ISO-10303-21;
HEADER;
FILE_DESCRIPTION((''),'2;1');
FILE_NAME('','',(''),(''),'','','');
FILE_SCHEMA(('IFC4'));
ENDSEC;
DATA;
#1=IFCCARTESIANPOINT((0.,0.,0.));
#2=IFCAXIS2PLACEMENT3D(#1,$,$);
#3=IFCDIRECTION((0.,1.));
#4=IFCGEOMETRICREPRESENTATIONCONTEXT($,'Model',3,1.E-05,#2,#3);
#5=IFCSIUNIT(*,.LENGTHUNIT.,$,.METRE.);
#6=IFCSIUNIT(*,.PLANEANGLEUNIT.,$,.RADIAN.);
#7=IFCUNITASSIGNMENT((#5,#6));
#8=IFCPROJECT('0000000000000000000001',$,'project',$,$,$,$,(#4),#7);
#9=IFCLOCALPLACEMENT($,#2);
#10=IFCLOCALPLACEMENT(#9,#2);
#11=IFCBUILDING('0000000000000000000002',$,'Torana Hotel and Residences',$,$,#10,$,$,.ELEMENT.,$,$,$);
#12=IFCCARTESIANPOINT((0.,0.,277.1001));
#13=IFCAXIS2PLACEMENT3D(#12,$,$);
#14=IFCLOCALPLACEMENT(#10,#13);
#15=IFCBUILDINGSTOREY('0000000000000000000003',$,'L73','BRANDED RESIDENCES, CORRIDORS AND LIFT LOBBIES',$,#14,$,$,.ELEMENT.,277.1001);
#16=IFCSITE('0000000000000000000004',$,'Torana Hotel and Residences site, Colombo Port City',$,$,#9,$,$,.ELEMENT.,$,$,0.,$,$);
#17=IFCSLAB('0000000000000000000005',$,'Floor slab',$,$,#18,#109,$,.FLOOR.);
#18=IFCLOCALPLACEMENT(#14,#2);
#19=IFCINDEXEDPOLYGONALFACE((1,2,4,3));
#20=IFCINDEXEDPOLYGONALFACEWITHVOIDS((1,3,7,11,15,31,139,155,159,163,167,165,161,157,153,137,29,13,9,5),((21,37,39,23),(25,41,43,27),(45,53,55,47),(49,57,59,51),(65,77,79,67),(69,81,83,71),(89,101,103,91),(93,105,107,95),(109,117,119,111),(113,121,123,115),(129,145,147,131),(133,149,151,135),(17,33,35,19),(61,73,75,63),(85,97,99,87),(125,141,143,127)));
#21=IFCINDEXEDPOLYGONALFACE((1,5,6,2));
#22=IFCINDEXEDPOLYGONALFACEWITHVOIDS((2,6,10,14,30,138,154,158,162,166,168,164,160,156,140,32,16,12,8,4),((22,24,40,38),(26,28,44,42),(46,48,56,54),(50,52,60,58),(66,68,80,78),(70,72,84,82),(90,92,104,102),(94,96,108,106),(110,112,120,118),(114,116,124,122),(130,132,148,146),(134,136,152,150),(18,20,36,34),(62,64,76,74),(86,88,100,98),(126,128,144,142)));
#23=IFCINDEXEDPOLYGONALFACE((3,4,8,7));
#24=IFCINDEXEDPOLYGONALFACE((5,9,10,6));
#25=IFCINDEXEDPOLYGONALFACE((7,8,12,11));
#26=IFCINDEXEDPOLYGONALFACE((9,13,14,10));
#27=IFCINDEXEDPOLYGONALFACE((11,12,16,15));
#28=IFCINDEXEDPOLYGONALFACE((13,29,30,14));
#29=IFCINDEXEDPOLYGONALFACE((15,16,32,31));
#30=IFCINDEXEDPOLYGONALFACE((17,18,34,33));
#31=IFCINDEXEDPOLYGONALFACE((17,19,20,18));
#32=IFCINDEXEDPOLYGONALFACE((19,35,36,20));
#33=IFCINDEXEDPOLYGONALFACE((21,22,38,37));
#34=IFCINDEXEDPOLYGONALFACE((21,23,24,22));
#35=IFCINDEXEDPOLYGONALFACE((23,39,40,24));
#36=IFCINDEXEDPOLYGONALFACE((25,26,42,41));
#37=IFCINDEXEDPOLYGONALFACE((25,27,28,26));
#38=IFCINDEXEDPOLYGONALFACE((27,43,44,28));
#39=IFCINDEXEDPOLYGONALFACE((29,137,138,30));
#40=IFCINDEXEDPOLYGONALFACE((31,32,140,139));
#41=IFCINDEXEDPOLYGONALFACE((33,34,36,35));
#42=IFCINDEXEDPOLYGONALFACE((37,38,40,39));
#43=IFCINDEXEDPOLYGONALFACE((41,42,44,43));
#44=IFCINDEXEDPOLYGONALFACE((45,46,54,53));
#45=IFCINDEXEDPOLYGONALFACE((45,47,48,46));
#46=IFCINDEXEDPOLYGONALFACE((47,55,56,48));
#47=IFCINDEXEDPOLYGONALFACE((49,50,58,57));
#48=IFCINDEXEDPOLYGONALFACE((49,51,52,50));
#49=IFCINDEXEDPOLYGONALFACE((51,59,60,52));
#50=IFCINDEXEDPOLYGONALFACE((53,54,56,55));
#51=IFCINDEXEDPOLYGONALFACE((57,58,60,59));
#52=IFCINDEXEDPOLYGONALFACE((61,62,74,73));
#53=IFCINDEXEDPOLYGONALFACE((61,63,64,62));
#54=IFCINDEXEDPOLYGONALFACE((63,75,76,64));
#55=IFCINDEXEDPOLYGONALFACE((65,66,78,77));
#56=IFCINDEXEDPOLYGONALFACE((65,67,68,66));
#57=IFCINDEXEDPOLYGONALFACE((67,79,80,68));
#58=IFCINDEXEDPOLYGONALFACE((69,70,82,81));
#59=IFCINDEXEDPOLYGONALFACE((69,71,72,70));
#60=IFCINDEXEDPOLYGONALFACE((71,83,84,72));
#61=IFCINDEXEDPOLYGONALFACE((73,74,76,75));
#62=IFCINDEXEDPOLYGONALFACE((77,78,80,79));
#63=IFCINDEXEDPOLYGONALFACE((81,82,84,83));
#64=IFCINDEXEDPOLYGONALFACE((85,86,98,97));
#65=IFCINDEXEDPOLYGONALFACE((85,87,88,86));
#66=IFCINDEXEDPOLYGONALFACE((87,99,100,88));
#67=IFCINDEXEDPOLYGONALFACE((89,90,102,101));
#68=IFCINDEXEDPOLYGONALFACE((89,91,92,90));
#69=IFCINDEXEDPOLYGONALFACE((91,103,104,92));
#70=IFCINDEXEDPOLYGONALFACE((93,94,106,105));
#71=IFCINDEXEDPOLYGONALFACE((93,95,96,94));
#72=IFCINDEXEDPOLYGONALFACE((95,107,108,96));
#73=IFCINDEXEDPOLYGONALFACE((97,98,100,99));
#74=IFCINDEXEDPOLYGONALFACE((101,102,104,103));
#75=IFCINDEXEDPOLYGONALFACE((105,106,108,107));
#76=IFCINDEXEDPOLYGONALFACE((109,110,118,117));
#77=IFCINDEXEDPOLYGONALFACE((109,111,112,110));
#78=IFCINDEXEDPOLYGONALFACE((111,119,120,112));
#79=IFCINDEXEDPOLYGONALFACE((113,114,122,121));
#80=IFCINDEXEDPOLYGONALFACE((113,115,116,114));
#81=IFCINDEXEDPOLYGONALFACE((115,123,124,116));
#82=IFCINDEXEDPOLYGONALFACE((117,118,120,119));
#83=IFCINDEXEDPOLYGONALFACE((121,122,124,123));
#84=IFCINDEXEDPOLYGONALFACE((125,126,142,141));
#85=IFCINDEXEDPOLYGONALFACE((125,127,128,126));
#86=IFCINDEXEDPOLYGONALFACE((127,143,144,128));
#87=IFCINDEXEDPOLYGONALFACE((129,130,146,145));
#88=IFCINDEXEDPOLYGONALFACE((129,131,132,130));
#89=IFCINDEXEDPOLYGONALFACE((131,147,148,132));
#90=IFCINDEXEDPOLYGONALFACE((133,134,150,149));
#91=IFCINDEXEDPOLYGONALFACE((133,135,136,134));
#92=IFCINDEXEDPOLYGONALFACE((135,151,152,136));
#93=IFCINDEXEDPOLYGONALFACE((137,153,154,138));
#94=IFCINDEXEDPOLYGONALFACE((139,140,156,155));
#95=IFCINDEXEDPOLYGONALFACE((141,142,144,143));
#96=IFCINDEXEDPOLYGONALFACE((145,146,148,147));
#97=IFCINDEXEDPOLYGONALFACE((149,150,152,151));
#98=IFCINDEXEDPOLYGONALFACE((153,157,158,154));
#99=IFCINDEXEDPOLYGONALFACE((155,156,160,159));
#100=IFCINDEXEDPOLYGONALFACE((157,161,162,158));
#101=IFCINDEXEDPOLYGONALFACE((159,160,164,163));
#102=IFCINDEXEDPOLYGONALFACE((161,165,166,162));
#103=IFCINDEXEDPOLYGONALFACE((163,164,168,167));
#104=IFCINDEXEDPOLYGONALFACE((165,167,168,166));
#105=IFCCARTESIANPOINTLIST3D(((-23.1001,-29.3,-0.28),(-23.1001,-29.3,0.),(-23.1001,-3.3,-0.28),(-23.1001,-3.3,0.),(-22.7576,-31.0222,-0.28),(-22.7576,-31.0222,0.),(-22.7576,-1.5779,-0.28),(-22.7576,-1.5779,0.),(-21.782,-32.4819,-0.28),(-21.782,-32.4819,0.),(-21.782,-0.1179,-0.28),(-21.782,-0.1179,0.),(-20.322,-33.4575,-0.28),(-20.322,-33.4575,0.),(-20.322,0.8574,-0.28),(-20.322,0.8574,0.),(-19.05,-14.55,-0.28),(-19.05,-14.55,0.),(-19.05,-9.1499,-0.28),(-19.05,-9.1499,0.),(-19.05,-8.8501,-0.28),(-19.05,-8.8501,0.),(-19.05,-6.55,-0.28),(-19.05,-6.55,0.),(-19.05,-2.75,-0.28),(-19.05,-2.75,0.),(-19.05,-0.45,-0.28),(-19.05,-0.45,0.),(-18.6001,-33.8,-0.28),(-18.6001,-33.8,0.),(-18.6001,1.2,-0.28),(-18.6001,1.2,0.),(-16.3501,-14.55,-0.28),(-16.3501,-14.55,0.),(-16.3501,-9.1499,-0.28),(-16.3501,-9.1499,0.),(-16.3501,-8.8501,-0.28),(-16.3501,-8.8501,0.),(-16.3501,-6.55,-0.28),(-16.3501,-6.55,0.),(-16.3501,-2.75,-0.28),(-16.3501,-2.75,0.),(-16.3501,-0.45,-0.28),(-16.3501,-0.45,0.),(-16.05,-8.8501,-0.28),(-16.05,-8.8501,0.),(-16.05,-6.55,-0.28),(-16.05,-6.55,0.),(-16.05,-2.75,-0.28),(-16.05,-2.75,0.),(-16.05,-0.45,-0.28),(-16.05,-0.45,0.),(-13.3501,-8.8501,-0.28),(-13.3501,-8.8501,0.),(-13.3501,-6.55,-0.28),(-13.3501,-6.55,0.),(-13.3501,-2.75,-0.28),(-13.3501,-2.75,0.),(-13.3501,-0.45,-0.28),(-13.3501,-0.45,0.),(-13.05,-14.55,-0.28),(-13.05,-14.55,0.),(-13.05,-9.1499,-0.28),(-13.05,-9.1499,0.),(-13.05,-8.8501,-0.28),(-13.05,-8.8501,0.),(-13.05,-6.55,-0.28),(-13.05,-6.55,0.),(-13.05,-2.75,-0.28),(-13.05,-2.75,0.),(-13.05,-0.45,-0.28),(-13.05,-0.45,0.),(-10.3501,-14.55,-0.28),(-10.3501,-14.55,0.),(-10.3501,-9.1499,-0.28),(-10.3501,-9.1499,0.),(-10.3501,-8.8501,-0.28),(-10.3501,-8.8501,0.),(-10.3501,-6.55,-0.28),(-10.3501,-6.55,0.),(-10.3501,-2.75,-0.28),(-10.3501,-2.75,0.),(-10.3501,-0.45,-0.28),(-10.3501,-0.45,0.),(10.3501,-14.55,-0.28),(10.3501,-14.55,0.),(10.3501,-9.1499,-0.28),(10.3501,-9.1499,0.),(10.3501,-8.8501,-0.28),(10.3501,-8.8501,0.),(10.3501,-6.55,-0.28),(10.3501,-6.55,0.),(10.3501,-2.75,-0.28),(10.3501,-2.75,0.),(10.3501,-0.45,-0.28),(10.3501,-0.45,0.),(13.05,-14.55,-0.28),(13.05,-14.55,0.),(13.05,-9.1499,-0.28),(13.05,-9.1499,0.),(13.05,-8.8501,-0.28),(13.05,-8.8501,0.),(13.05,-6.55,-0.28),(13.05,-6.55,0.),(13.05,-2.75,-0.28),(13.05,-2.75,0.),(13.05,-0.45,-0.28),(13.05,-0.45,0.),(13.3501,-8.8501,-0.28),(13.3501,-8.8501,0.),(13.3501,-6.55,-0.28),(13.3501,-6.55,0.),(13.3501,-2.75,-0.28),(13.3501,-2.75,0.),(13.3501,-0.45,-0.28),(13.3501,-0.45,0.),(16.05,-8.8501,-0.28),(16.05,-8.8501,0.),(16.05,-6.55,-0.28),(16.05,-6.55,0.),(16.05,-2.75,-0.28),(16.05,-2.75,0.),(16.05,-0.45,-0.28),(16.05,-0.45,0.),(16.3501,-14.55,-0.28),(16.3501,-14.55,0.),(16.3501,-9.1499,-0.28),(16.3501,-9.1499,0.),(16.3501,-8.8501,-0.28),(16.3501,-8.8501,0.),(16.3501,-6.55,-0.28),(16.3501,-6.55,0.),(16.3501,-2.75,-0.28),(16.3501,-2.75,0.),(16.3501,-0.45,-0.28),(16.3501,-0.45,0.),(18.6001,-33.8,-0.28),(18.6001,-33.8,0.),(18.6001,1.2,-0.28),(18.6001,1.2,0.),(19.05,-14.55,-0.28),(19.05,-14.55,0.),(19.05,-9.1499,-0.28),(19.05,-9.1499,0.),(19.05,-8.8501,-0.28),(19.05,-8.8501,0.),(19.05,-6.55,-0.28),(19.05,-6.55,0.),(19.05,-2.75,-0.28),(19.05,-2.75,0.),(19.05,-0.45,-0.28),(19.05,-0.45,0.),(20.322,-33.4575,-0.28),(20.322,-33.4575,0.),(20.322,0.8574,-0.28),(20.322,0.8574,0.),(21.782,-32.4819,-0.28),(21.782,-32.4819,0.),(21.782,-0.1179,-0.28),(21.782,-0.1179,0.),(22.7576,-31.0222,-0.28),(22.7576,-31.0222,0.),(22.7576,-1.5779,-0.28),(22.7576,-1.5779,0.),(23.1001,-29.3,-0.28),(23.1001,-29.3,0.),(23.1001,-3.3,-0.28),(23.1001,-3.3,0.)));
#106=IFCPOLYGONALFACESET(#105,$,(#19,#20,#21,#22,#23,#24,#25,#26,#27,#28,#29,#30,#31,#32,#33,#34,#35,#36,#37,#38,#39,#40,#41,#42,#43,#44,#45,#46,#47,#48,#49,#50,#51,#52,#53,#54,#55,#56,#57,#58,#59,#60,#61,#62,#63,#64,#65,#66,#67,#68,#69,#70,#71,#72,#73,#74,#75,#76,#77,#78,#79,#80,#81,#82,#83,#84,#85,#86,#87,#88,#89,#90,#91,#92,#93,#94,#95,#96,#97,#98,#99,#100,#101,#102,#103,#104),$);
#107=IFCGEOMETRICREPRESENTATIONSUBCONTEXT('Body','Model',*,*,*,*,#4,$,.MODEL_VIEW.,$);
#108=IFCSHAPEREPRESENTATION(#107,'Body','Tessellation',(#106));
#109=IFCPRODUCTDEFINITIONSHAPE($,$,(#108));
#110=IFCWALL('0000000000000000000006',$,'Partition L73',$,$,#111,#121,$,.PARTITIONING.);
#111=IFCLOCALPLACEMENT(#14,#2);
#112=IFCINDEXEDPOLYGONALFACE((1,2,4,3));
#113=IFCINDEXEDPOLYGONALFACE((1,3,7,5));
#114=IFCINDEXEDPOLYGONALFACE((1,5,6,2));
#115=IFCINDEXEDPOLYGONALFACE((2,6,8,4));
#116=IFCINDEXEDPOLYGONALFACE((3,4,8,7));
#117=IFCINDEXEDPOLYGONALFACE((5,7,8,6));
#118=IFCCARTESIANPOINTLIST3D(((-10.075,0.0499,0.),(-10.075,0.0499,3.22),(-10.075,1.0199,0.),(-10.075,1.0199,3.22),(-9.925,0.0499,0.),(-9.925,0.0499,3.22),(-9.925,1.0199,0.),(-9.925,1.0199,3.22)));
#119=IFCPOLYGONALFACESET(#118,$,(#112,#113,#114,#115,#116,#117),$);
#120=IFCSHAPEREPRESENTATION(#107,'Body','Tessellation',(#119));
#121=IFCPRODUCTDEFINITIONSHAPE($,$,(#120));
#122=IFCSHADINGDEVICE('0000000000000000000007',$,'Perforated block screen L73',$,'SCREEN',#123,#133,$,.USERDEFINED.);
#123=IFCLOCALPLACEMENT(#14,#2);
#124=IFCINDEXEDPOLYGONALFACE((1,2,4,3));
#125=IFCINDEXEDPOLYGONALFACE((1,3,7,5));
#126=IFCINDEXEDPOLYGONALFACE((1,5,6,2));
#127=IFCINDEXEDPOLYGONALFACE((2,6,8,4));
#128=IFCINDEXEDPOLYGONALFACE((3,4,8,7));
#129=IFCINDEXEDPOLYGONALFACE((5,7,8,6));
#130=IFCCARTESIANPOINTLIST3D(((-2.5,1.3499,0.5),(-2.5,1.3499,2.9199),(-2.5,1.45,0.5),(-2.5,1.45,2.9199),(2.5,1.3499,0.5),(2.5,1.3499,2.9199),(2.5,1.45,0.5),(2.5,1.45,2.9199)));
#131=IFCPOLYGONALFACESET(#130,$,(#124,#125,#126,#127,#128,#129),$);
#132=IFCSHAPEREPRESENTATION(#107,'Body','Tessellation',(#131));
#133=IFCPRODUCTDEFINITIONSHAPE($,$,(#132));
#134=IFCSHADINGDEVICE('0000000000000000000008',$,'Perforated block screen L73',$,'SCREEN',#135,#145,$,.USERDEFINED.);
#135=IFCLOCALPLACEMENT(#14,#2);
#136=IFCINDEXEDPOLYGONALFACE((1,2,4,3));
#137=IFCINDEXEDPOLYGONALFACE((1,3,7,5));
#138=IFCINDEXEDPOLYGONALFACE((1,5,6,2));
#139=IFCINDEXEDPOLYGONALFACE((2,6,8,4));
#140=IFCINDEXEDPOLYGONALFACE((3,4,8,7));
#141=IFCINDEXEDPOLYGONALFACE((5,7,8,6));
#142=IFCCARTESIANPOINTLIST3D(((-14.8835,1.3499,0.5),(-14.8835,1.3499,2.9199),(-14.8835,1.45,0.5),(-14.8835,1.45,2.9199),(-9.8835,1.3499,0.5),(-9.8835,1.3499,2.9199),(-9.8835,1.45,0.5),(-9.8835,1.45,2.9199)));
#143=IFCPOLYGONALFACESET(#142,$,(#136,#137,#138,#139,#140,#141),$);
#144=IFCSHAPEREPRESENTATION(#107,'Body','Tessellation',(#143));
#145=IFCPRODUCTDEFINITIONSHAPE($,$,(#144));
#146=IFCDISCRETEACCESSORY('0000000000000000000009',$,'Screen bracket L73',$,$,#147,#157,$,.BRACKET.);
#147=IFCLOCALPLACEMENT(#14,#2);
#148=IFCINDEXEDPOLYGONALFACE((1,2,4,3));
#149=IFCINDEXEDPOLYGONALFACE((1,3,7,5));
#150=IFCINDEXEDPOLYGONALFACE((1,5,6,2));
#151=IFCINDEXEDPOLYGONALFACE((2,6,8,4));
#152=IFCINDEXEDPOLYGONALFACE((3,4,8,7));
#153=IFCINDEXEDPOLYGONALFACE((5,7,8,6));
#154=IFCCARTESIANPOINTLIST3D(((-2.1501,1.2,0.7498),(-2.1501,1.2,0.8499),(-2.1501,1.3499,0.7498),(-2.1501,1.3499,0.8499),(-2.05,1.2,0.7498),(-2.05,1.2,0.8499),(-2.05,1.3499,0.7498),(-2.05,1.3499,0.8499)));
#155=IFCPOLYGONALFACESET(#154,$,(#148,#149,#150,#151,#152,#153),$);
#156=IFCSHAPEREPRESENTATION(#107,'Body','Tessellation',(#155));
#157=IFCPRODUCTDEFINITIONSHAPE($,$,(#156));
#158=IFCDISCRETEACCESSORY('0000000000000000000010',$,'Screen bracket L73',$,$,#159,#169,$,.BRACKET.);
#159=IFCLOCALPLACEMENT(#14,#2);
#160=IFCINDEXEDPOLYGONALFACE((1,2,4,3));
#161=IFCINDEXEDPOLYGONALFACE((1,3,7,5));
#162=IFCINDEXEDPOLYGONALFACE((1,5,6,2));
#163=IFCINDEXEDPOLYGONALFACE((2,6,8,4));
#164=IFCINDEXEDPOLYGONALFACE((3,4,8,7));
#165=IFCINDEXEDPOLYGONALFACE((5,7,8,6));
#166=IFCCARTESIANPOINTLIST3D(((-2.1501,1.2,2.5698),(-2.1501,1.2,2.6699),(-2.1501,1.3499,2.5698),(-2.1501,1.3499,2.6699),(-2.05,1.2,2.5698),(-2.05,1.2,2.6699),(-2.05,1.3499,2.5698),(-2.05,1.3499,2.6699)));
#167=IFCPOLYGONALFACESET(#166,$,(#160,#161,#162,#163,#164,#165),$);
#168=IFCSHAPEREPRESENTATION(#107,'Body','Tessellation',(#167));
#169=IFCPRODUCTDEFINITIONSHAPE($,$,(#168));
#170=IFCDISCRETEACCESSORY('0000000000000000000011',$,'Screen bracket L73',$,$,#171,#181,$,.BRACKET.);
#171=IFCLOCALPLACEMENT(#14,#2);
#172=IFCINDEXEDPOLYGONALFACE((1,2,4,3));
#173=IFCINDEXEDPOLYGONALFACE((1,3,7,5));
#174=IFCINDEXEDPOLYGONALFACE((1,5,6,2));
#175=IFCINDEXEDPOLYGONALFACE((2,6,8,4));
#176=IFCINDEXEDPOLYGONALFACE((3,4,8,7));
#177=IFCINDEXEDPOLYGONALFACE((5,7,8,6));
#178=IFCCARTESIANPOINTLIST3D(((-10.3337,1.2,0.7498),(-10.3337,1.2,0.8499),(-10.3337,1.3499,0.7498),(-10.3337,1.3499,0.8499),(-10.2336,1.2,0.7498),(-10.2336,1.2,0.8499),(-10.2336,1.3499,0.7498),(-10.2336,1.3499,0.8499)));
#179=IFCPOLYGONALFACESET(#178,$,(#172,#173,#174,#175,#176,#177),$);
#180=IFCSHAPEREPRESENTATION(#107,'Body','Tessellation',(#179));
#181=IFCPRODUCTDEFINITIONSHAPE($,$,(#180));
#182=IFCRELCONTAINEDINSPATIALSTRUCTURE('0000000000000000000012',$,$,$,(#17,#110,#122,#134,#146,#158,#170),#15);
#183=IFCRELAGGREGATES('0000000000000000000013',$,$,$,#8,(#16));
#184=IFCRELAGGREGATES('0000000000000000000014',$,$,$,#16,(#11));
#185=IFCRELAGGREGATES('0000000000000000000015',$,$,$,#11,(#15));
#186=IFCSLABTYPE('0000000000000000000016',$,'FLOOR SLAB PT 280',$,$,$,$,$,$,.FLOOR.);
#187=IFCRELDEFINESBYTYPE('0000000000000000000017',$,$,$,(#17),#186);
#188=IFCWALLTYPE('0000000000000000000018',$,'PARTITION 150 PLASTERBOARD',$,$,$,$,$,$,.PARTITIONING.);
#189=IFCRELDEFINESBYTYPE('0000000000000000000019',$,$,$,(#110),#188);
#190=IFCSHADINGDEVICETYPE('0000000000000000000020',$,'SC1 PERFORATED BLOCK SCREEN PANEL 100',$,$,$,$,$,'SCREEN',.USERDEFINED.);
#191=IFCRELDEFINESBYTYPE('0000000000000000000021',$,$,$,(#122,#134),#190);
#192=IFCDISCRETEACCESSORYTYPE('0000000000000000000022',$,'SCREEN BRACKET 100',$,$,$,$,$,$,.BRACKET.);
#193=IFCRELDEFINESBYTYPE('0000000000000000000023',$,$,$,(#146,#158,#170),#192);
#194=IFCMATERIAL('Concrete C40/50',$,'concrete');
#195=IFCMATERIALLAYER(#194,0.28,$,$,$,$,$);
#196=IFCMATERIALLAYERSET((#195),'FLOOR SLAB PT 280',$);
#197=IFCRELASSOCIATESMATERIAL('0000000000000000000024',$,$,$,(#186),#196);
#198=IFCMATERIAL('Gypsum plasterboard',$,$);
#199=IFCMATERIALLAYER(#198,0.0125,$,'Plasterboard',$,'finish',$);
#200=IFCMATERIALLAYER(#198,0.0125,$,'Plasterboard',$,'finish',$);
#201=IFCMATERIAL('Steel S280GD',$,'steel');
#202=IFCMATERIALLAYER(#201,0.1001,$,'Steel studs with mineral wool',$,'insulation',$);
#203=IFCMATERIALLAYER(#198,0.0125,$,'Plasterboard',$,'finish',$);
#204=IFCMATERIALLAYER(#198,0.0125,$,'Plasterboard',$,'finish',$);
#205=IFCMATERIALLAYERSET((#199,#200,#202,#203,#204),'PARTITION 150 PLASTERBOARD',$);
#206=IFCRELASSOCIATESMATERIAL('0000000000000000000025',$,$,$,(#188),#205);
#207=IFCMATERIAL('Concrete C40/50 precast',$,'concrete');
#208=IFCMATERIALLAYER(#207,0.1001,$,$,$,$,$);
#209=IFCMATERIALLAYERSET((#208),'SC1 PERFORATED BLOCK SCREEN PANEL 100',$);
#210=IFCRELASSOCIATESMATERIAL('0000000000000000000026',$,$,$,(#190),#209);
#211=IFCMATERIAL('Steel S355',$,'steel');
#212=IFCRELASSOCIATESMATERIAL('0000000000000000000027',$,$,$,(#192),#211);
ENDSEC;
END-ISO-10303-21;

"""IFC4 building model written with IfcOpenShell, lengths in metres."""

from ifc_helpers import new_model, si_unit, direction, frame, frame_2d, origin, origin_2d, place, context, subcontext, project, spatial, polyline, rectangle, outline, extrude, material, layer, layer_set, type_object, element, save


model = new_model("IFC4")

# Units and contexts
model_context = context("Model", 3, precision=1e-05, world=origin(), true_north=direction((0.0, 1.0)))
body_context = subcontext(model_context, "Body", "Model", "MODEL_VIEW")
ifc_project = project(units=[si_unit("LENGTHUNIT", "METRE"), si_unit("PLANEANGLEUNIT", "RADIAN")], contexts=[model_context])

# Site, building, storey
site_placement = place(None, origin())
site = spatial("IfcSite", under=ifc_project, at=site_placement, Name="Torana Hotel and Residences site, Colombo Port City", CompositionType="ELEMENT", RefElevation=0.0)
building_placement = place(site_placement, origin())
building = spatial("IfcBuilding", under=site, at=building_placement, Name="Torana Hotel and Residences", CompositionType="ELEMENT")
storey_placement = place(building_placement, frame((0.0, 0.0, 277.1001)))
storey = spatial("IfcBuildingStorey", under=building, at=storey_placement, Name="L73", Description="BRANDED RESIDENCES, CORRIDORS AND LIFT LOBBIES", CompositionType="ELEMENT", Elevation=277.1001)

# Slab
ifc_material_1 = material(Name="Concrete C40/50", Category="concrete")
ifc_layer_1 = layer(ifc_material_1, 0.28)
ifc_layer_set_1 = layer_set([ifc_layer_1], Name="FLOOR SLAB PT 280")
slab_type_1 = type_object("IfcSlabType", Name="FLOOR SLAB PT 280", PredefinedType="FLOOR", material=ifc_layer_set_1)
slab_1_placement = place(storey_placement, frame((0.0, 0.0, -0.28)))
element("IfcSlab", 1, at=slab_1_placement, inside=storey, type_object=slab_type_1, Name="Floor slab", PredefinedType="FLOOR", context=body_context, shape_type="SweptSolid", body=[
    extrude(outline(polyline([(23.1001, -3.3), (22.7576, -1.5779), (21.782, -0.1179), (20.322, 0.8574), (18.6001, 1.2), (-18.6001, 1.2), (-20.322, 0.8574), (-21.782, -0.1179), (-22.7576, -1.5779), (-23.1001, -3.3), (-23.1001, -29.3), (-22.7576, -31.0222), (-21.782, -32.4819), (-20.322, -33.4575), (-18.6001, -33.8), (18.6001, -33.8), (20.322, -33.4575), (21.782, -32.4819), (22.7576, -31.0222), (23.1001, -29.3), (23.1001, -3.3)]), holes=[polyline([(-13.05, -14.55), (-10.3501, -14.55), (-10.3501, -9.1499), (-13.05, -9.1499), (-13.05, -14.55)]), polyline([(-19.05, -14.55), (-16.3501, -14.55), (-16.3501, -9.1499), (-19.05, -9.1499), (-19.05, -14.55)]), polyline([(-19.05, -2.75), (-16.3501, -2.75), (-16.3501, -0.45), (-19.05, -0.45), (-19.05, -2.75)]), polyline([(-13.05, -2.75), (-10.3501, -2.75), (-10.3501, -0.45), (-13.05, -0.45), (-13.05, -2.75)]), polyline([(-16.05, -2.75), (-13.3501, -2.75), (-13.3501, -0.45), (-16.05, -0.45), (-16.05, -2.75)]), polyline([(-13.05, -8.8501), (-10.3501, -8.8501), (-10.3501, -6.55), (-13.05, -6.55), (-13.05, -8.8501)]), polyline([(-16.05, -8.8501), (-13.3501, -8.8501), (-13.3501, -6.55), (-16.05, -6.55), (-16.05, -8.8501)]), polyline([(-19.05, -8.8501), (-16.3501, -8.8501), (-16.3501, -6.55), (-19.05, -6.55), (-19.05, -8.8501)]), polyline([(10.3501, -14.55), (13.05, -14.55), (13.05, -9.1499), (10.3501, -9.1499), (10.3501, -14.55)]), polyline([(16.3501, -14.55), (19.05, -14.55), (19.05, -9.1499), (16.3501, -9.1499), (16.3501, -14.55)]), polyline([(16.3501, -2.75), (19.05, -2.75), (19.05, -0.45), (16.3501, -0.45), (16.3501, -2.75)]), polyline([(10.3501, -2.75), (13.05, -2.75), (13.05, -0.45), (10.3501, -0.45), (10.3501, -2.75)]), polyline([(13.3501, -2.75), (16.05, -2.75), (16.05, -0.45), (13.3501, -0.45), (13.3501, -2.75)]), polyline([(10.3501, -8.8501), (13.05, -8.8501), (13.05, -6.55), (10.3501, -6.55), (10.3501, -8.8501)]), polyline([(13.3501, -8.8501), (16.05, -8.8501), (16.05, -6.55), (13.3501, -6.55), (13.3501, -8.8501)]), polyline([(16.3501, -8.8501), (19.05, -8.8501), (19.05, -6.55), (16.3501, -6.55), (16.3501, -8.8501)])]), origin(), (0.0, 0.0, 1.0), 0.28),
])

# Wall
ifc_material_2 = material(Name="Gypsum plasterboard")
ifc_layer_2 = layer(ifc_material_2, 0.0125, Name="Plasterboard", Category="finish")
ifc_layer_3 = layer(ifc_material_2, 0.0125, Name="Plasterboard", Category="finish")
ifc_material_3 = material(Name="Steel S280GD", Category="steel")
ifc_layer_4 = layer(ifc_material_3, 0.1001, Name="Steel studs with mineral wool", Category="insulation")
ifc_layer_5 = layer(ifc_material_2, 0.0125, Name="Plasterboard", Category="finish")
ifc_layer_6 = layer(ifc_material_2, 0.0125, Name="Plasterboard", Category="finish")
ifc_layer_set_2 = layer_set([ifc_layer_2, ifc_layer_3, ifc_layer_4, ifc_layer_5, ifc_layer_6], Name="PARTITION 150 PLASTERBOARD")
wall_type = type_object("IfcWallType", Name="PARTITION 150 PLASTERBOARD", PredefinedType="PARTITIONING", material=ifc_layer_set_2)
wall_placement = place(storey_placement, frame((-10.0, 0.05, 0.0), z_axis=(0.0, 0.0, 1.0), x_axis=(0.0, 1.0, 0.0)))
element("IfcWall", 2, at=wall_placement, inside=storey, type_object=wall_type, Name="Partition L73", PredefinedType="PARTITIONING", context=body_context, shape_type="SweptSolid", body=[
    extrude(rectangle(XDim=0.97, YDim=0.1499, at=frame_2d((0.4849, 0.0))), origin(), (0.0, 0.0, 1.0), 3.22),
])

# Shading devices
ifc_material_4 = material(Name="Concrete C40/50 precast", Category="concrete")
ifc_layer_7 = layer(ifc_material_4, 0.1001)
ifc_layer_set_3 = layer_set([ifc_layer_7], Name="SC1 PERFORATED BLOCK SCREEN PANEL 100")
shading_device_type = type_object("IfcShadingDeviceType", Name="SC1 PERFORATED BLOCK SCREEN PANEL 100", ElementType="SCREEN", PredefinedType="USERDEFINED", material=ifc_layer_set_3)
for number, where, z_axis, x_axis, name in (
    (3, (0.0, 1.3999, 0.5), (0.0, 0.0, 1.0), (-1.0, 0.0, 0.0), "Perforated block screen L73"),
    (4, (-12.3835, 1.3999, 0.5), (0.0, 0.0, 1.0), (-1.0, 0.0, 0.0), "Perforated block screen L73"),
):
    element("IfcShadingDevice", number, at=place(storey_placement, frame(where, z_axis=z_axis, x_axis=x_axis)), inside=storey, type_object=shading_device_type, Name=name, ObjectType="SCREEN", PredefinedType="USERDEFINED", context=body_context, shape_type="SweptSolid", body=[
        extrude(rectangle(XDim=5.0, YDim=0.1001, at=origin_2d()), origin(), (0.0, 0.0, 1.0), 2.4199),
    ])

# Discrete accessories
ifc_material_5 = material(Name="Steel S355", Category="steel")
discrete_accessory_type = type_object("IfcDiscreteAccessoryType", Name="SCREEN BRACKET 100", PredefinedType="BRACKET", material=ifc_material_5)
for number, where, z_axis, x_axis, name in (
    (5, (-2.1001, 1.2749, 0.7498), (0.0, 0.0, 1.0), (-1.0, 0.0, 0.0), "Screen bracket L73"),
    (6, (-2.1001, 1.2749, 2.5698), (0.0, 0.0, 1.0), (-1.0, 0.0, 0.0), "Screen bracket L73"),
    (7, (-10.2837, 1.2749, 0.7498), (0.0, 0.0, 1.0), (-1.0, 0.0, 0.0), "Screen bracket L73"),
):
    element("IfcDiscreteAccessory", number, at=place(storey_placement, frame(where, z_axis=z_axis, x_axis=x_axis)), inside=storey, type_object=discrete_accessory_type, Name=name, PredefinedType="BRACKET", context=body_context, shape_type="SweptSolid", body=[
        extrude(rectangle(XDim=0.1001, YDim=0.1499, at=origin_2d()), origin(), (0.0, 0.0, 1.0), 0.1001),
    ])

save(model, "model.ifc")
